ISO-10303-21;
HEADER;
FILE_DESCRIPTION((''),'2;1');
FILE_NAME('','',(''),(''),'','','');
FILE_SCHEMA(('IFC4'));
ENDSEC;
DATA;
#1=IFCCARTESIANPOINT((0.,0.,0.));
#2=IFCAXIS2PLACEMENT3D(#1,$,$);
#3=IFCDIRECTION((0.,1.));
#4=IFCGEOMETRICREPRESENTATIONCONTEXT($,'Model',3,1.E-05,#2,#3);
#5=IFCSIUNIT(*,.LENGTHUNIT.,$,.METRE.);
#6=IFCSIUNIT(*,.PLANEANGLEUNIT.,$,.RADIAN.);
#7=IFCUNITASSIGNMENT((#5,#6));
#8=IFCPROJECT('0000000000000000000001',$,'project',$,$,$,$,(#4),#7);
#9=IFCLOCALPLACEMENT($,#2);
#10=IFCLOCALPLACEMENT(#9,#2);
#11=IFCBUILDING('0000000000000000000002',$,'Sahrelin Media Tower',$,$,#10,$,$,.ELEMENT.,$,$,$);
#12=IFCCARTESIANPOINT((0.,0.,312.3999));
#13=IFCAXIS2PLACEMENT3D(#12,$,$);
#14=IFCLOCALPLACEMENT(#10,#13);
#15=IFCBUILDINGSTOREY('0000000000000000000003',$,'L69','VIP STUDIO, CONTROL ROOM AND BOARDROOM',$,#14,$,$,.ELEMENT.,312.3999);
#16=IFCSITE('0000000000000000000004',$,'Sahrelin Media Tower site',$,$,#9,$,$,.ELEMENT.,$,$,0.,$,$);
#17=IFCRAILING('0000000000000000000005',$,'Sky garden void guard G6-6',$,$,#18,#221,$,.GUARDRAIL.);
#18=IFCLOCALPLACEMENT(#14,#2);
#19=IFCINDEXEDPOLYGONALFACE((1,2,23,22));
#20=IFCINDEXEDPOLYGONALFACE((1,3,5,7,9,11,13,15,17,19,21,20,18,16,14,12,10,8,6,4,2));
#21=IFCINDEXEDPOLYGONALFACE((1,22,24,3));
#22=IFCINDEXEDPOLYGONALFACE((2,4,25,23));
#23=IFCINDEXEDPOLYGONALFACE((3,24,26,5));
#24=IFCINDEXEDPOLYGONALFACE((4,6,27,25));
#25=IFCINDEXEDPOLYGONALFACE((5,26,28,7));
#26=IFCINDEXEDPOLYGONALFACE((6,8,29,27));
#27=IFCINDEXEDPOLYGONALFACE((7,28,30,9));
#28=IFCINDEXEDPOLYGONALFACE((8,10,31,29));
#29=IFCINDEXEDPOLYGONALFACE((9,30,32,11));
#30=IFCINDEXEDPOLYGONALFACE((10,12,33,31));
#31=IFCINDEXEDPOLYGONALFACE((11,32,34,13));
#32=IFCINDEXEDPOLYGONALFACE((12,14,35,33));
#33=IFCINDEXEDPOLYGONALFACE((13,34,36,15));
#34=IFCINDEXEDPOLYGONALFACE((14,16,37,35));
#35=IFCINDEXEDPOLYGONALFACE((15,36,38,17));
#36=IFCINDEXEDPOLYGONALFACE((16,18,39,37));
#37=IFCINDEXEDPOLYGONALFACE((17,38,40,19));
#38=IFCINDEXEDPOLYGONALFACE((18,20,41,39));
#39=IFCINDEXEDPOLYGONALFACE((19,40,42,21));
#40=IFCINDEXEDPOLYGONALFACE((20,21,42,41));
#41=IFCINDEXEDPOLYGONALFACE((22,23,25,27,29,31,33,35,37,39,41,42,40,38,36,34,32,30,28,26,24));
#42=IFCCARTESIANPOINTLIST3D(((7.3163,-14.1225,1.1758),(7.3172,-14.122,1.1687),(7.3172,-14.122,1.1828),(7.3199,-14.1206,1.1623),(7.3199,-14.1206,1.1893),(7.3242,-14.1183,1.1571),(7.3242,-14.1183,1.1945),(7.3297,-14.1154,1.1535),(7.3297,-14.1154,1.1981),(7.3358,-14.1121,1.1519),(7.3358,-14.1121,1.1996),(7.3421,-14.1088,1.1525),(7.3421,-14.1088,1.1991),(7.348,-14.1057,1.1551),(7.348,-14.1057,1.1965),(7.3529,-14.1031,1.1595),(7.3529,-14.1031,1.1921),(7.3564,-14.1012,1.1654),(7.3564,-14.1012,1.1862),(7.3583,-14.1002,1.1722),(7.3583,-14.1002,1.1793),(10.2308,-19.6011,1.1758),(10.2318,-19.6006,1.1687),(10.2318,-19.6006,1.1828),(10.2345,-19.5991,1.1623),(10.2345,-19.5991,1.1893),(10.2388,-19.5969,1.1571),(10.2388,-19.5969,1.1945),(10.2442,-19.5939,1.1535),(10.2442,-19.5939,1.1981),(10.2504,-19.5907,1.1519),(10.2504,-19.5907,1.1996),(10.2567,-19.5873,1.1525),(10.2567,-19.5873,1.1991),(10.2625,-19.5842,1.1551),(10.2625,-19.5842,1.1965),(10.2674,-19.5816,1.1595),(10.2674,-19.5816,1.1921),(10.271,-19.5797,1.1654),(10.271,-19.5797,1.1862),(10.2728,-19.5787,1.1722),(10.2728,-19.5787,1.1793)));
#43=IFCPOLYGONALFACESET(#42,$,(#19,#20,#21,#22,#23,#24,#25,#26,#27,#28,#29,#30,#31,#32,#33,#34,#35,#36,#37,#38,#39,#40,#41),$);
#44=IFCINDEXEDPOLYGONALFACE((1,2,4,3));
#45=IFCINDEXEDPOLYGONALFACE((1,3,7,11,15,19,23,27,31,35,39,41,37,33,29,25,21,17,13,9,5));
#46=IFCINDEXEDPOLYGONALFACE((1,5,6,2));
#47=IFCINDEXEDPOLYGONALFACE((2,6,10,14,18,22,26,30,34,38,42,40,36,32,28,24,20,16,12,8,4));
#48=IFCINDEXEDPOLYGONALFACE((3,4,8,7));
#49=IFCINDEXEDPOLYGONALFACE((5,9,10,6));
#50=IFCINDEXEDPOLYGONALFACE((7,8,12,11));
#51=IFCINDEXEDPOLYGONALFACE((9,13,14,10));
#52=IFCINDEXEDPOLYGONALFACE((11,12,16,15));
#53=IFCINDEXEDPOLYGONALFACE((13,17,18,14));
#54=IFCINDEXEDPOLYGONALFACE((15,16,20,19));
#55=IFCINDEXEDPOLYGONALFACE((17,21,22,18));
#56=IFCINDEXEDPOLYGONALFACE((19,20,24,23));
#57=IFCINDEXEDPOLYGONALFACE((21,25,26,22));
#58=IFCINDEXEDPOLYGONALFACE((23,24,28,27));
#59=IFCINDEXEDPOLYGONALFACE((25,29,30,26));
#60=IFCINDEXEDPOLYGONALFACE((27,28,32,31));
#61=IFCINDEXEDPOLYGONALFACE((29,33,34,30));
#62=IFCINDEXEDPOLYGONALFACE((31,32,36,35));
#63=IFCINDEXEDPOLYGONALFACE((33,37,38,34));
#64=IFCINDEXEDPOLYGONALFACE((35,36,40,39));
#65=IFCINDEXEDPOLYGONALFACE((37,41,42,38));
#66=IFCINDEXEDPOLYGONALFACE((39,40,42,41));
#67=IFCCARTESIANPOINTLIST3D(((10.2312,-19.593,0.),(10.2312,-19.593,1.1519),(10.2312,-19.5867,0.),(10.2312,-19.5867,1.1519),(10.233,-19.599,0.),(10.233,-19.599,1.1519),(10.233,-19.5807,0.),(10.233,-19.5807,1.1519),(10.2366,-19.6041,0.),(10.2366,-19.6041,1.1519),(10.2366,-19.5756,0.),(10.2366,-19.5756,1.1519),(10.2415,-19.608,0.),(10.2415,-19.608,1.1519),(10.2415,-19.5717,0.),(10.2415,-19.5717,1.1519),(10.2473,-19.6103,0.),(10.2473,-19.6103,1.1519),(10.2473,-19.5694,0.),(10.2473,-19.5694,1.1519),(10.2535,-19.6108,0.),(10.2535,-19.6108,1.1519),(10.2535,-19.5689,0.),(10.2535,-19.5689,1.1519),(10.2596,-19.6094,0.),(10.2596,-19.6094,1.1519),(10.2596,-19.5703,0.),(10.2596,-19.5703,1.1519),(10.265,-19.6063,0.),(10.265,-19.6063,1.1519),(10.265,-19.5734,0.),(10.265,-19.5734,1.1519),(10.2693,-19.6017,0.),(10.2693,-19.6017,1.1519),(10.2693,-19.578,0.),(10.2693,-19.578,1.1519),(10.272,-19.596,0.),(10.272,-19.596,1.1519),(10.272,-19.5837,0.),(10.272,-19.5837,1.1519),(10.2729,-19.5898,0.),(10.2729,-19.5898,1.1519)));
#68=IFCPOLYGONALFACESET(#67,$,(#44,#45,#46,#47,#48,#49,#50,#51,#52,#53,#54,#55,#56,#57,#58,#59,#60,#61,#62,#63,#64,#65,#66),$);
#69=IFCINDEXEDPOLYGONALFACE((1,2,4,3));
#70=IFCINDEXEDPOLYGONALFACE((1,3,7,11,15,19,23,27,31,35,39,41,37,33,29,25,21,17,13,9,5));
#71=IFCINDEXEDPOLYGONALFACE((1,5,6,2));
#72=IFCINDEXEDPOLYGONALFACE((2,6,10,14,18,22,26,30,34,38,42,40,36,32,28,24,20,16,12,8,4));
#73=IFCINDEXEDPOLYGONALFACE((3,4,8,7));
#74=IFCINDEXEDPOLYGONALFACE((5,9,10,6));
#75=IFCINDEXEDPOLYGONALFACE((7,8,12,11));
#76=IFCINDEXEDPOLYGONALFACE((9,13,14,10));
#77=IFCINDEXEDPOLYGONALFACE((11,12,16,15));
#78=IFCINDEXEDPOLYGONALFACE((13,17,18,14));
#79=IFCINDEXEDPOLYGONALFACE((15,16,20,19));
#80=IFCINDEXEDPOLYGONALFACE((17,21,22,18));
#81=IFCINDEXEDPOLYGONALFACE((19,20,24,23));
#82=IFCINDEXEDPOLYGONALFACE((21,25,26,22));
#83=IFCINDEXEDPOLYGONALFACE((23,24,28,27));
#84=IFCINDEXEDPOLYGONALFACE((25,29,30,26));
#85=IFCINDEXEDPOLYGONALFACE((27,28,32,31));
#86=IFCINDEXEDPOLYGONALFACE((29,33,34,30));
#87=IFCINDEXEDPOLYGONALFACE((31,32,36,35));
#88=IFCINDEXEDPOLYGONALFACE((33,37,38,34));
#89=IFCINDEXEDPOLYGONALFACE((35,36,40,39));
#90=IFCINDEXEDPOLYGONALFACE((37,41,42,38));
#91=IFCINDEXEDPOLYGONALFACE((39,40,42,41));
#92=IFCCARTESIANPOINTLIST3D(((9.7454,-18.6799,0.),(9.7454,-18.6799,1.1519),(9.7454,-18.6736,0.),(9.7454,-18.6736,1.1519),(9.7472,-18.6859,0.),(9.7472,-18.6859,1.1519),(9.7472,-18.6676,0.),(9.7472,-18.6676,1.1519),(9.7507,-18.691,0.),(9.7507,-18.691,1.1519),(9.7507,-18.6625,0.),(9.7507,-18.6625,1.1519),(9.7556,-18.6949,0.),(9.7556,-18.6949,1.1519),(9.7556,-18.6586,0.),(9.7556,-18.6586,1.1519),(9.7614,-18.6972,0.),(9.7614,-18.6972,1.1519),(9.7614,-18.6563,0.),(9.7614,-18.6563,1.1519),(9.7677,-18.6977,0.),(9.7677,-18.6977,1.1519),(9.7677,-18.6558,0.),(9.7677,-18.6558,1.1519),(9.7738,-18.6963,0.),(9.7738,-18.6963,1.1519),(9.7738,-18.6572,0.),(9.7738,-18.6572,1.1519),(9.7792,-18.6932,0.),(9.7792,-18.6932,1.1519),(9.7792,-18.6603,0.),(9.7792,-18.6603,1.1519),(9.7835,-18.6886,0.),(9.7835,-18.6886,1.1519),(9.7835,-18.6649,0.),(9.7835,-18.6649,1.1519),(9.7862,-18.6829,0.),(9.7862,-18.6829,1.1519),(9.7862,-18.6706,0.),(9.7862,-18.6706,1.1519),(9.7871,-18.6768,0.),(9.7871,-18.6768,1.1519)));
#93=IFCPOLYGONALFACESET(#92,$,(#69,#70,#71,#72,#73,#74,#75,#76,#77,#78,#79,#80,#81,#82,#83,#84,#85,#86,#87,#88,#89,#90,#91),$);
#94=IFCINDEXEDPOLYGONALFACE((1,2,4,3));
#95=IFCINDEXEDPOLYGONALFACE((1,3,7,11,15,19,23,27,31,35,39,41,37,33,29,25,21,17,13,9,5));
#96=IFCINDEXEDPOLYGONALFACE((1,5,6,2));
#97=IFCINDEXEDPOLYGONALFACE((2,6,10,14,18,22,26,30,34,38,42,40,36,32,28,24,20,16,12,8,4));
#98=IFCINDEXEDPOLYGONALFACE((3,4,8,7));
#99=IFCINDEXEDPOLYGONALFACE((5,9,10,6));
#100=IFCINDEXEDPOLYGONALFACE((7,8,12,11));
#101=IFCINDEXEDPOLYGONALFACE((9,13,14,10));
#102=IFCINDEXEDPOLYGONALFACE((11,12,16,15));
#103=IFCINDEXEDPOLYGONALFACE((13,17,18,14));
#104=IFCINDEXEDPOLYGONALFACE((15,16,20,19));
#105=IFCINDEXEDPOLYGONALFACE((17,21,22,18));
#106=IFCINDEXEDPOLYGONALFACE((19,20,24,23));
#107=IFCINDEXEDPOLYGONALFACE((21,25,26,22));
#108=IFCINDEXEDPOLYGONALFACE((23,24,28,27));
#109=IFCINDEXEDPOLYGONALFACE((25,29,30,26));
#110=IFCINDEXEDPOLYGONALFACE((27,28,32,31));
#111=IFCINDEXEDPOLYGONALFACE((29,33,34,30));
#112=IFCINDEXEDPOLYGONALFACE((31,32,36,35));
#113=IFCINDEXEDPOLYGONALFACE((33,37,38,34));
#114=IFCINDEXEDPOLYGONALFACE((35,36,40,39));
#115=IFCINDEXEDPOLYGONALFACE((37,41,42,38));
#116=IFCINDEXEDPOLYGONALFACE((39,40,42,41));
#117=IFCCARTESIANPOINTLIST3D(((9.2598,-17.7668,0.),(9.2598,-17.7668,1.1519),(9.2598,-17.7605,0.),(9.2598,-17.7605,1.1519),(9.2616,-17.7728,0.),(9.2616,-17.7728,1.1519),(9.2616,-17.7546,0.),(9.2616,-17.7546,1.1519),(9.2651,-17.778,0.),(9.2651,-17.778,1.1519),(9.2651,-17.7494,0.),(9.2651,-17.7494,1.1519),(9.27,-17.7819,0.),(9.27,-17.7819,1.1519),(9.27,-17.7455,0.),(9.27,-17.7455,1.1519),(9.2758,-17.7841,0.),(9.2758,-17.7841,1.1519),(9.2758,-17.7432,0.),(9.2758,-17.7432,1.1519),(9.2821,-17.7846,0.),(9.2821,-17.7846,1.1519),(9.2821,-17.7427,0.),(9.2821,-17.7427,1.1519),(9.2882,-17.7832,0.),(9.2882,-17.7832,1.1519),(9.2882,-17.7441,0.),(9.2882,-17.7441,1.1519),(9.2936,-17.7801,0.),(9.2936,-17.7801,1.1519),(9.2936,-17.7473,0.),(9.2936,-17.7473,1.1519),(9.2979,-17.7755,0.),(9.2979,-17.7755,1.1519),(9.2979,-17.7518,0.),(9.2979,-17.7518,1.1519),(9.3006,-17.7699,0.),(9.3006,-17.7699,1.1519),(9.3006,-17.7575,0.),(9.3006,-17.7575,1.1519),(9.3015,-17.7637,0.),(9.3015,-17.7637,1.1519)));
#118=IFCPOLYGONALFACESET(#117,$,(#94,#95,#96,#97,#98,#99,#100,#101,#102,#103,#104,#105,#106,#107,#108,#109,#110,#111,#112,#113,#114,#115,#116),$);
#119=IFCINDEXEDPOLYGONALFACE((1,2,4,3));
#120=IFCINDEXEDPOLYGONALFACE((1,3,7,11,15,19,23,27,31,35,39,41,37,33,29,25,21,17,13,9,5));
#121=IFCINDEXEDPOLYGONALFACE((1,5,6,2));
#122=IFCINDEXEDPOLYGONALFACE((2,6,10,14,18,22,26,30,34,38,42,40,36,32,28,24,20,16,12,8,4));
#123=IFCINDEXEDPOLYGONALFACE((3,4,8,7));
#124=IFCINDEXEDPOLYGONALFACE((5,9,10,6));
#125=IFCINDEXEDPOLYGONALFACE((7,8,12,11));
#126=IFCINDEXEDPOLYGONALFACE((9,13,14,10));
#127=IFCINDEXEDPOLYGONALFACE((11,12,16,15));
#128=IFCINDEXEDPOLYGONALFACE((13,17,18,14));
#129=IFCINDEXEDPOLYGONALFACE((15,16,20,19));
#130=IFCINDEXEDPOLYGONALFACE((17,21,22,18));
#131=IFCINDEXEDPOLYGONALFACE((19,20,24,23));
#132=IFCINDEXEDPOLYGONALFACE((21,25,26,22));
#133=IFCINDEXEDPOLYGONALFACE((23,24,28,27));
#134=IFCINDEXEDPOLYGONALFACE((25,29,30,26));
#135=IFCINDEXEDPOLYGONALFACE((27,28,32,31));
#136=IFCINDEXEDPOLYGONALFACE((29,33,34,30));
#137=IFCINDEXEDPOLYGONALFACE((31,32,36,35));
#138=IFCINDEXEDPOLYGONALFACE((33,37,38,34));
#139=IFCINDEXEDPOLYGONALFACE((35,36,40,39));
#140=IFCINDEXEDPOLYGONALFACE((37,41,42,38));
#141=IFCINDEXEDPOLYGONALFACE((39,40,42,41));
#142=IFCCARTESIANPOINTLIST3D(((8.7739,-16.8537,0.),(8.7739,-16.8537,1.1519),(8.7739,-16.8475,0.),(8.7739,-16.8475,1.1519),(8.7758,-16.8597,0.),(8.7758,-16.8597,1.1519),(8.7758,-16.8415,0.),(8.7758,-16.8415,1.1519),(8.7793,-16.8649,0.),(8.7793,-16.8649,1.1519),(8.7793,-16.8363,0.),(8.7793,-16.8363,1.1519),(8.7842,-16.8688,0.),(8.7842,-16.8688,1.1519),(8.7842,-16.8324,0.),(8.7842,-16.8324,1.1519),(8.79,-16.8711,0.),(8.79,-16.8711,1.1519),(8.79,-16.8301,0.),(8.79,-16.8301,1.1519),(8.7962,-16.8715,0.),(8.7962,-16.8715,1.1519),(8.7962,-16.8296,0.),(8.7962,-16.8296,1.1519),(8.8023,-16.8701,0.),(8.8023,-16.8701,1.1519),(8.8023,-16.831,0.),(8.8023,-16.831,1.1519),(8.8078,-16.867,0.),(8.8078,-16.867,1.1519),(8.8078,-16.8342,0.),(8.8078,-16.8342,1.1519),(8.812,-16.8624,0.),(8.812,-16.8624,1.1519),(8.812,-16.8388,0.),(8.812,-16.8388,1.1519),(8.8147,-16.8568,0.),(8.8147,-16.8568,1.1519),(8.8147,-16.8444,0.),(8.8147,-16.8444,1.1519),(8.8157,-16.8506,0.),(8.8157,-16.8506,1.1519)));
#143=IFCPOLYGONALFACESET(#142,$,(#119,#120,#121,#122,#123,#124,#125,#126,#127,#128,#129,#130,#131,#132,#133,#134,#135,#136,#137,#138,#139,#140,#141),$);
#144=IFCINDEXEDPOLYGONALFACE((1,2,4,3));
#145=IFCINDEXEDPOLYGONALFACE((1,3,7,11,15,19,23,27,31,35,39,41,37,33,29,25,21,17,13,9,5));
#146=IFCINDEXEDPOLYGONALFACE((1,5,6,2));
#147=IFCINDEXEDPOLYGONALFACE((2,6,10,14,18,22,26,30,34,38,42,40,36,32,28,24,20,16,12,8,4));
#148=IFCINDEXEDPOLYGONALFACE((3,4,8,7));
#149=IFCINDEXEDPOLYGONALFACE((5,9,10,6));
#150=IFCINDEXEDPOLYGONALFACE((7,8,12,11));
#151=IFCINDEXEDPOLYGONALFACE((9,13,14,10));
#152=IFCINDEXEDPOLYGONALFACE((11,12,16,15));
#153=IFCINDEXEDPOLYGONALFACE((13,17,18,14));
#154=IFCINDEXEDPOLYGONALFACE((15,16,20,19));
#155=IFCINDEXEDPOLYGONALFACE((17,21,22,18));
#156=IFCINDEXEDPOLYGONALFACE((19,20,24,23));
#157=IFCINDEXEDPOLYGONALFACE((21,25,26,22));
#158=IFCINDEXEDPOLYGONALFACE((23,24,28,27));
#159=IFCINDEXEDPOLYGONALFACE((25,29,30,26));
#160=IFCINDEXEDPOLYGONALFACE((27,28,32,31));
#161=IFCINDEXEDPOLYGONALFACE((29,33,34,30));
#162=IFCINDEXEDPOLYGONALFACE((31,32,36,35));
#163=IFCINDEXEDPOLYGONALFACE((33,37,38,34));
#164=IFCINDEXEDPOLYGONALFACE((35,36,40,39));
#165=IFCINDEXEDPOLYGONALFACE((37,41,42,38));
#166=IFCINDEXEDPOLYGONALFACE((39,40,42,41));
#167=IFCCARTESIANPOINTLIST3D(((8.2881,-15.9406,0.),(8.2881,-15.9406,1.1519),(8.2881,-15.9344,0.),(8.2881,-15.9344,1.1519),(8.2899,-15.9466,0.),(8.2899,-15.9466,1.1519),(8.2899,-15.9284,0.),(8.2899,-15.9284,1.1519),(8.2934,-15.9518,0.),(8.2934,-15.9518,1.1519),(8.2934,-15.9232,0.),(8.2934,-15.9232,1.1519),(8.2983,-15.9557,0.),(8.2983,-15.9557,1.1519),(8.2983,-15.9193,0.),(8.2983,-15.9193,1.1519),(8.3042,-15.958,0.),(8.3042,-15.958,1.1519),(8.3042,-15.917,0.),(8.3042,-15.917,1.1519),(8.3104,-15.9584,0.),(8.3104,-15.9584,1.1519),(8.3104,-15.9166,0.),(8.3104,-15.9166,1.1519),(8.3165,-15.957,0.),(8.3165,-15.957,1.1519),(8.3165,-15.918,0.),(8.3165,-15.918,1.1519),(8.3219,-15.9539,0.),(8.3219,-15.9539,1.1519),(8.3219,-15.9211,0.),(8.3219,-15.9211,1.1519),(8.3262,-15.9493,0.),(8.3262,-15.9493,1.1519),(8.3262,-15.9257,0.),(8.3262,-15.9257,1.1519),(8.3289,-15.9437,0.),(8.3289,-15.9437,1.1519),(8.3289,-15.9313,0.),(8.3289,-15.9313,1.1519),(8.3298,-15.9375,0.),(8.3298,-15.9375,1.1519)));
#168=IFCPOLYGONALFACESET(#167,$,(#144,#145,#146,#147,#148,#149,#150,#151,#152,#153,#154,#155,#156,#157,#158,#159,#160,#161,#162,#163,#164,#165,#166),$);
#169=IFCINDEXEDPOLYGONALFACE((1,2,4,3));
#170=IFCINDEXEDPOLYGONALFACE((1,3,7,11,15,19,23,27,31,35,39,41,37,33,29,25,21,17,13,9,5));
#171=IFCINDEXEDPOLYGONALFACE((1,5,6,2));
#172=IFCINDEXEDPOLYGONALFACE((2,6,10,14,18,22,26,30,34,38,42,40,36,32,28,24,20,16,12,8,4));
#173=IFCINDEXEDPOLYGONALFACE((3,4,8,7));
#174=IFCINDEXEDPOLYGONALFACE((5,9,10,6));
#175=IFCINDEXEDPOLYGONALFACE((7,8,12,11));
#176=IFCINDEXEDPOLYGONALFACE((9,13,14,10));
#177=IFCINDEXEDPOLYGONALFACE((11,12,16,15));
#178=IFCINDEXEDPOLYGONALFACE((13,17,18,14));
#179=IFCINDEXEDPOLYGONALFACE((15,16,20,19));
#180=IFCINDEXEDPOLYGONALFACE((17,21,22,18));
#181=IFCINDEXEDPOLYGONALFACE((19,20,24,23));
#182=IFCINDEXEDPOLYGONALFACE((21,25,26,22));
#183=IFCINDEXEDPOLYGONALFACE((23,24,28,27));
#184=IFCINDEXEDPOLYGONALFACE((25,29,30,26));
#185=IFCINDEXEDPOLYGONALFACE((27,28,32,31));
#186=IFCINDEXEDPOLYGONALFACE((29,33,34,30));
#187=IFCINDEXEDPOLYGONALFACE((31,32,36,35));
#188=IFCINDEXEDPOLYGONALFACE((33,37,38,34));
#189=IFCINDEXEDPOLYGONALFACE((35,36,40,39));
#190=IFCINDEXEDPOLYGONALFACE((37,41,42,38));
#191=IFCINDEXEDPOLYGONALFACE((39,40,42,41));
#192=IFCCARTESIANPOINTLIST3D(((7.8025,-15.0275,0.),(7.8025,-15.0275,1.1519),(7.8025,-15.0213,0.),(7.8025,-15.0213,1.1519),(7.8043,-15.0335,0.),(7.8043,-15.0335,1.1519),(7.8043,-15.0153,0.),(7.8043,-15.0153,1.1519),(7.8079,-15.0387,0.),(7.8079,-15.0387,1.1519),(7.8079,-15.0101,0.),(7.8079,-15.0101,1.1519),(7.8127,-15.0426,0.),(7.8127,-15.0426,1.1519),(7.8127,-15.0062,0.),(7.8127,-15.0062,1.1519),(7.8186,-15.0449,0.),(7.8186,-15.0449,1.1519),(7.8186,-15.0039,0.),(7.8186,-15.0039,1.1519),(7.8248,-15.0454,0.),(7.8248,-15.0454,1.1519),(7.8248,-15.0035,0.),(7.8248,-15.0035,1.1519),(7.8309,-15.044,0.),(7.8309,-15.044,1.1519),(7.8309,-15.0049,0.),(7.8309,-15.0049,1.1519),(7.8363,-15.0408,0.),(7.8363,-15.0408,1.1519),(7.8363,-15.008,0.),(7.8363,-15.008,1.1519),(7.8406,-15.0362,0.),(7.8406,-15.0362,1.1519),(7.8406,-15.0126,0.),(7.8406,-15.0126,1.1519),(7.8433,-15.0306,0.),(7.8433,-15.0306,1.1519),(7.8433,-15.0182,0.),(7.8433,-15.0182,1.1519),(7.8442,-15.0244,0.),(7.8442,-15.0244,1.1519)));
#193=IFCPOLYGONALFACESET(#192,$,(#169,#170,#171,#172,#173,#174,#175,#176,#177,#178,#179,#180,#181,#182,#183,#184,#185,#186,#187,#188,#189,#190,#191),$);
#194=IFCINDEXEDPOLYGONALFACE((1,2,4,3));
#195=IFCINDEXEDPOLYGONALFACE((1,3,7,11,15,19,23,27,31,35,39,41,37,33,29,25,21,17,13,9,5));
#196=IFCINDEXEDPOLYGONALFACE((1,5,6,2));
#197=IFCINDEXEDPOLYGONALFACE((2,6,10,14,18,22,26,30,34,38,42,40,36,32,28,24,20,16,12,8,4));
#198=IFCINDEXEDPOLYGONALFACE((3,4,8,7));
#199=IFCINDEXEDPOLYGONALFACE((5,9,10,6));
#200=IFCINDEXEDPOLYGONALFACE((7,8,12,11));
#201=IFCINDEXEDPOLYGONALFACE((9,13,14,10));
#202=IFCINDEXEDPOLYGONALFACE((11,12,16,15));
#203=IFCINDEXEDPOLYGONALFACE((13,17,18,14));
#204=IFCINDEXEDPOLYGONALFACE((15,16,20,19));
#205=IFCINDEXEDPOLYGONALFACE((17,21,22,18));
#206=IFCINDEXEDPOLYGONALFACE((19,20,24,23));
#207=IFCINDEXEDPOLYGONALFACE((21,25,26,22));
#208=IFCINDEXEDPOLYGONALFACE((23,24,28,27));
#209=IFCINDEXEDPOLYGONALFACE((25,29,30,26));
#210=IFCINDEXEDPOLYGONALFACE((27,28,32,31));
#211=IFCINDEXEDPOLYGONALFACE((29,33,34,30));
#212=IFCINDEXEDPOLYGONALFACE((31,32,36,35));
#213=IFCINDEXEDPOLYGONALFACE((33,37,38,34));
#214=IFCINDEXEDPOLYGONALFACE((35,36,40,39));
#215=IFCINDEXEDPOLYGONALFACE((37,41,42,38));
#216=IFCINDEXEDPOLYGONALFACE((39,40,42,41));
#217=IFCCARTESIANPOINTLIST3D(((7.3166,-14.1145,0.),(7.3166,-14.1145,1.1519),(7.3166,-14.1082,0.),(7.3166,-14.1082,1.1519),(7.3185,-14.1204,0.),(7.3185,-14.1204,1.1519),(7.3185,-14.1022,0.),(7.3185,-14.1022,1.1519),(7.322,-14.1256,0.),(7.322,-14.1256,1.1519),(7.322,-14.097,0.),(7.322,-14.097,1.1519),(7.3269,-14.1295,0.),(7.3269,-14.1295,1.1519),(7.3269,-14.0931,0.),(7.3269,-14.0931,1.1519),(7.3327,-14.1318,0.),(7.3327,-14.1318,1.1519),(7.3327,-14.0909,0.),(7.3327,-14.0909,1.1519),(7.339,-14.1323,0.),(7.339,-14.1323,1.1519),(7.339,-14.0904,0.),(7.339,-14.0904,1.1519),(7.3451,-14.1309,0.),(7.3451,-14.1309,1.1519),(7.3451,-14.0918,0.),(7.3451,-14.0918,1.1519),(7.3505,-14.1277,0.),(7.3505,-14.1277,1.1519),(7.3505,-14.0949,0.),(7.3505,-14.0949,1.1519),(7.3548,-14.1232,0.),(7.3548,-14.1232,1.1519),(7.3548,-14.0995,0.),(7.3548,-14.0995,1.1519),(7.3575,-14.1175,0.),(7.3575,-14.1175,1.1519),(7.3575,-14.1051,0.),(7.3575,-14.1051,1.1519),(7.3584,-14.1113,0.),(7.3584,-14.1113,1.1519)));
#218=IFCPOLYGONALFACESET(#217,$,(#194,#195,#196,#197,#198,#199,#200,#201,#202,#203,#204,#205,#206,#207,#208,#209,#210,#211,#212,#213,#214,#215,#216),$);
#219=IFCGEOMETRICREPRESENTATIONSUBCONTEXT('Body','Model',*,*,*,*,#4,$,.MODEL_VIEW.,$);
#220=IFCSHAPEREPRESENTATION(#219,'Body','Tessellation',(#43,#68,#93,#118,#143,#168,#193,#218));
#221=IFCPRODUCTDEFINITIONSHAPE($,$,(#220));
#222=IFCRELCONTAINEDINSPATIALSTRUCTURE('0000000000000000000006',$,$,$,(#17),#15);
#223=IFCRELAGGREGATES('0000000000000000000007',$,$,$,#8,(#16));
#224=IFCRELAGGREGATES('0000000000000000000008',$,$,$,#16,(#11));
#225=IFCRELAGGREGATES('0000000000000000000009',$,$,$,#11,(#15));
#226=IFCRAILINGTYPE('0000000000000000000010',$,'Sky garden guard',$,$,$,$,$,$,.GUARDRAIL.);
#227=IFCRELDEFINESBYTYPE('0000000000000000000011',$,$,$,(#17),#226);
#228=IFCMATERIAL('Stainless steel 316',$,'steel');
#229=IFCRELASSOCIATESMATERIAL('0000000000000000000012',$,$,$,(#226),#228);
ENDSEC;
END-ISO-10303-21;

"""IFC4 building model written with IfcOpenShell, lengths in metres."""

from ifc_helpers import new_model, si_unit, direction, frame, origin, origin_2d, place, context, subcontext, project, spatial, circle, extrude, material, type_object, element, save


model = new_model("IFC4")

# Units and contexts
model_context = context("Model", 3, precision=1e-05, world=origin(), true_north=direction((0.0, 1.0)))
body_context = subcontext(model_context, "Body", "Model", "MODEL_VIEW")
ifc_project = project(units=[si_unit("LENGTHUNIT", "METRE"), si_unit("PLANEANGLEUNIT", "RADIAN")], contexts=[model_context])

# Site, building, storey
site_placement = place(None, origin())
site = spatial("IfcSite", under=ifc_project, at=site_placement, Name="Sahrelin Media Tower site", CompositionType="ELEMENT", RefElevation=0.0)
building_placement = place(site_placement, origin())
building = spatial("IfcBuilding", under=site, at=building_placement, Name="Sahrelin Media Tower", CompositionType="ELEMENT")
storey_placement = place(building_placement, frame((0.0, 0.0, 312.3999)))
storey = spatial("IfcBuildingStorey", under=building, at=storey_placement, Name="L69", Description="VIP STUDIO, CONTROL ROOM AND BOARDROOM", CompositionType="ELEMENT", Elevation=312.3999)

# Railing
ifc_material_1 = material(Name="Stainless steel 316", Category="steel")
railing_type_1 = type_object("IfcRailingType", Name="Sky garden guard", PredefinedType="GUARDRAIL", material=ifc_material_1)
railing_1_placement = place(storey_placement, frame((10.252, -19.5898, 0.0)))
element("IfcRailing", 1, at=railing_1_placement, inside=storey, type_object=railing_type_1, Name="Sky garden void guard G6-6", PredefinedType="GUARDRAIL", context=body_context, shape_type="SweptSolid", body=[
    extrude(circle(Radius=0.0239, at=origin_2d()), frame((0.0, 0.0, 1.1758), z_axis=(-0.469669, 0.882843, 0.0), x_axis=(-0.882843, -0.469669, 0.0)), (0.0, 0.0, 1.0), 6.2056),
    extrude(circle(Radius=0.021, at=origin_2d()), origin(), (0.0, 0.0, 1.0), 1.1519),
    extrude(circle(Radius=0.021, at=origin_2d()), frame((-0.4858, 0.9131, 0.0)), (0.0, 0.0, 1.0), 1.1519),
    extrude(circle(Radius=0.021, at=origin_2d()), frame((-0.9714, 1.8262, 0.0)), (0.0, 0.0, 1.0), 1.1519),
    extrude(circle(Radius=0.021, at=origin_2d()), frame((-1.4573, 2.7393, 0.0)), (0.0, 0.0, 1.0), 1.1519),
    extrude(circle(Radius=0.021, at=origin_2d()), frame((-1.9431, 3.6523, 0.0)), (0.0, 0.0, 1.0), 1.1519),
    extrude(circle(Radius=0.021, at=origin_2d()), frame((-2.4287, 4.5654, 0.0)), (0.0, 0.0, 1.0), 1.1519),
    extrude(circle(Radius=0.021, at=origin_2d()), frame((-2.9146, 5.4785, 0.0)), (0.0, 0.0, 1.0), 1.1519),
])

save(model, "model.ifc")
